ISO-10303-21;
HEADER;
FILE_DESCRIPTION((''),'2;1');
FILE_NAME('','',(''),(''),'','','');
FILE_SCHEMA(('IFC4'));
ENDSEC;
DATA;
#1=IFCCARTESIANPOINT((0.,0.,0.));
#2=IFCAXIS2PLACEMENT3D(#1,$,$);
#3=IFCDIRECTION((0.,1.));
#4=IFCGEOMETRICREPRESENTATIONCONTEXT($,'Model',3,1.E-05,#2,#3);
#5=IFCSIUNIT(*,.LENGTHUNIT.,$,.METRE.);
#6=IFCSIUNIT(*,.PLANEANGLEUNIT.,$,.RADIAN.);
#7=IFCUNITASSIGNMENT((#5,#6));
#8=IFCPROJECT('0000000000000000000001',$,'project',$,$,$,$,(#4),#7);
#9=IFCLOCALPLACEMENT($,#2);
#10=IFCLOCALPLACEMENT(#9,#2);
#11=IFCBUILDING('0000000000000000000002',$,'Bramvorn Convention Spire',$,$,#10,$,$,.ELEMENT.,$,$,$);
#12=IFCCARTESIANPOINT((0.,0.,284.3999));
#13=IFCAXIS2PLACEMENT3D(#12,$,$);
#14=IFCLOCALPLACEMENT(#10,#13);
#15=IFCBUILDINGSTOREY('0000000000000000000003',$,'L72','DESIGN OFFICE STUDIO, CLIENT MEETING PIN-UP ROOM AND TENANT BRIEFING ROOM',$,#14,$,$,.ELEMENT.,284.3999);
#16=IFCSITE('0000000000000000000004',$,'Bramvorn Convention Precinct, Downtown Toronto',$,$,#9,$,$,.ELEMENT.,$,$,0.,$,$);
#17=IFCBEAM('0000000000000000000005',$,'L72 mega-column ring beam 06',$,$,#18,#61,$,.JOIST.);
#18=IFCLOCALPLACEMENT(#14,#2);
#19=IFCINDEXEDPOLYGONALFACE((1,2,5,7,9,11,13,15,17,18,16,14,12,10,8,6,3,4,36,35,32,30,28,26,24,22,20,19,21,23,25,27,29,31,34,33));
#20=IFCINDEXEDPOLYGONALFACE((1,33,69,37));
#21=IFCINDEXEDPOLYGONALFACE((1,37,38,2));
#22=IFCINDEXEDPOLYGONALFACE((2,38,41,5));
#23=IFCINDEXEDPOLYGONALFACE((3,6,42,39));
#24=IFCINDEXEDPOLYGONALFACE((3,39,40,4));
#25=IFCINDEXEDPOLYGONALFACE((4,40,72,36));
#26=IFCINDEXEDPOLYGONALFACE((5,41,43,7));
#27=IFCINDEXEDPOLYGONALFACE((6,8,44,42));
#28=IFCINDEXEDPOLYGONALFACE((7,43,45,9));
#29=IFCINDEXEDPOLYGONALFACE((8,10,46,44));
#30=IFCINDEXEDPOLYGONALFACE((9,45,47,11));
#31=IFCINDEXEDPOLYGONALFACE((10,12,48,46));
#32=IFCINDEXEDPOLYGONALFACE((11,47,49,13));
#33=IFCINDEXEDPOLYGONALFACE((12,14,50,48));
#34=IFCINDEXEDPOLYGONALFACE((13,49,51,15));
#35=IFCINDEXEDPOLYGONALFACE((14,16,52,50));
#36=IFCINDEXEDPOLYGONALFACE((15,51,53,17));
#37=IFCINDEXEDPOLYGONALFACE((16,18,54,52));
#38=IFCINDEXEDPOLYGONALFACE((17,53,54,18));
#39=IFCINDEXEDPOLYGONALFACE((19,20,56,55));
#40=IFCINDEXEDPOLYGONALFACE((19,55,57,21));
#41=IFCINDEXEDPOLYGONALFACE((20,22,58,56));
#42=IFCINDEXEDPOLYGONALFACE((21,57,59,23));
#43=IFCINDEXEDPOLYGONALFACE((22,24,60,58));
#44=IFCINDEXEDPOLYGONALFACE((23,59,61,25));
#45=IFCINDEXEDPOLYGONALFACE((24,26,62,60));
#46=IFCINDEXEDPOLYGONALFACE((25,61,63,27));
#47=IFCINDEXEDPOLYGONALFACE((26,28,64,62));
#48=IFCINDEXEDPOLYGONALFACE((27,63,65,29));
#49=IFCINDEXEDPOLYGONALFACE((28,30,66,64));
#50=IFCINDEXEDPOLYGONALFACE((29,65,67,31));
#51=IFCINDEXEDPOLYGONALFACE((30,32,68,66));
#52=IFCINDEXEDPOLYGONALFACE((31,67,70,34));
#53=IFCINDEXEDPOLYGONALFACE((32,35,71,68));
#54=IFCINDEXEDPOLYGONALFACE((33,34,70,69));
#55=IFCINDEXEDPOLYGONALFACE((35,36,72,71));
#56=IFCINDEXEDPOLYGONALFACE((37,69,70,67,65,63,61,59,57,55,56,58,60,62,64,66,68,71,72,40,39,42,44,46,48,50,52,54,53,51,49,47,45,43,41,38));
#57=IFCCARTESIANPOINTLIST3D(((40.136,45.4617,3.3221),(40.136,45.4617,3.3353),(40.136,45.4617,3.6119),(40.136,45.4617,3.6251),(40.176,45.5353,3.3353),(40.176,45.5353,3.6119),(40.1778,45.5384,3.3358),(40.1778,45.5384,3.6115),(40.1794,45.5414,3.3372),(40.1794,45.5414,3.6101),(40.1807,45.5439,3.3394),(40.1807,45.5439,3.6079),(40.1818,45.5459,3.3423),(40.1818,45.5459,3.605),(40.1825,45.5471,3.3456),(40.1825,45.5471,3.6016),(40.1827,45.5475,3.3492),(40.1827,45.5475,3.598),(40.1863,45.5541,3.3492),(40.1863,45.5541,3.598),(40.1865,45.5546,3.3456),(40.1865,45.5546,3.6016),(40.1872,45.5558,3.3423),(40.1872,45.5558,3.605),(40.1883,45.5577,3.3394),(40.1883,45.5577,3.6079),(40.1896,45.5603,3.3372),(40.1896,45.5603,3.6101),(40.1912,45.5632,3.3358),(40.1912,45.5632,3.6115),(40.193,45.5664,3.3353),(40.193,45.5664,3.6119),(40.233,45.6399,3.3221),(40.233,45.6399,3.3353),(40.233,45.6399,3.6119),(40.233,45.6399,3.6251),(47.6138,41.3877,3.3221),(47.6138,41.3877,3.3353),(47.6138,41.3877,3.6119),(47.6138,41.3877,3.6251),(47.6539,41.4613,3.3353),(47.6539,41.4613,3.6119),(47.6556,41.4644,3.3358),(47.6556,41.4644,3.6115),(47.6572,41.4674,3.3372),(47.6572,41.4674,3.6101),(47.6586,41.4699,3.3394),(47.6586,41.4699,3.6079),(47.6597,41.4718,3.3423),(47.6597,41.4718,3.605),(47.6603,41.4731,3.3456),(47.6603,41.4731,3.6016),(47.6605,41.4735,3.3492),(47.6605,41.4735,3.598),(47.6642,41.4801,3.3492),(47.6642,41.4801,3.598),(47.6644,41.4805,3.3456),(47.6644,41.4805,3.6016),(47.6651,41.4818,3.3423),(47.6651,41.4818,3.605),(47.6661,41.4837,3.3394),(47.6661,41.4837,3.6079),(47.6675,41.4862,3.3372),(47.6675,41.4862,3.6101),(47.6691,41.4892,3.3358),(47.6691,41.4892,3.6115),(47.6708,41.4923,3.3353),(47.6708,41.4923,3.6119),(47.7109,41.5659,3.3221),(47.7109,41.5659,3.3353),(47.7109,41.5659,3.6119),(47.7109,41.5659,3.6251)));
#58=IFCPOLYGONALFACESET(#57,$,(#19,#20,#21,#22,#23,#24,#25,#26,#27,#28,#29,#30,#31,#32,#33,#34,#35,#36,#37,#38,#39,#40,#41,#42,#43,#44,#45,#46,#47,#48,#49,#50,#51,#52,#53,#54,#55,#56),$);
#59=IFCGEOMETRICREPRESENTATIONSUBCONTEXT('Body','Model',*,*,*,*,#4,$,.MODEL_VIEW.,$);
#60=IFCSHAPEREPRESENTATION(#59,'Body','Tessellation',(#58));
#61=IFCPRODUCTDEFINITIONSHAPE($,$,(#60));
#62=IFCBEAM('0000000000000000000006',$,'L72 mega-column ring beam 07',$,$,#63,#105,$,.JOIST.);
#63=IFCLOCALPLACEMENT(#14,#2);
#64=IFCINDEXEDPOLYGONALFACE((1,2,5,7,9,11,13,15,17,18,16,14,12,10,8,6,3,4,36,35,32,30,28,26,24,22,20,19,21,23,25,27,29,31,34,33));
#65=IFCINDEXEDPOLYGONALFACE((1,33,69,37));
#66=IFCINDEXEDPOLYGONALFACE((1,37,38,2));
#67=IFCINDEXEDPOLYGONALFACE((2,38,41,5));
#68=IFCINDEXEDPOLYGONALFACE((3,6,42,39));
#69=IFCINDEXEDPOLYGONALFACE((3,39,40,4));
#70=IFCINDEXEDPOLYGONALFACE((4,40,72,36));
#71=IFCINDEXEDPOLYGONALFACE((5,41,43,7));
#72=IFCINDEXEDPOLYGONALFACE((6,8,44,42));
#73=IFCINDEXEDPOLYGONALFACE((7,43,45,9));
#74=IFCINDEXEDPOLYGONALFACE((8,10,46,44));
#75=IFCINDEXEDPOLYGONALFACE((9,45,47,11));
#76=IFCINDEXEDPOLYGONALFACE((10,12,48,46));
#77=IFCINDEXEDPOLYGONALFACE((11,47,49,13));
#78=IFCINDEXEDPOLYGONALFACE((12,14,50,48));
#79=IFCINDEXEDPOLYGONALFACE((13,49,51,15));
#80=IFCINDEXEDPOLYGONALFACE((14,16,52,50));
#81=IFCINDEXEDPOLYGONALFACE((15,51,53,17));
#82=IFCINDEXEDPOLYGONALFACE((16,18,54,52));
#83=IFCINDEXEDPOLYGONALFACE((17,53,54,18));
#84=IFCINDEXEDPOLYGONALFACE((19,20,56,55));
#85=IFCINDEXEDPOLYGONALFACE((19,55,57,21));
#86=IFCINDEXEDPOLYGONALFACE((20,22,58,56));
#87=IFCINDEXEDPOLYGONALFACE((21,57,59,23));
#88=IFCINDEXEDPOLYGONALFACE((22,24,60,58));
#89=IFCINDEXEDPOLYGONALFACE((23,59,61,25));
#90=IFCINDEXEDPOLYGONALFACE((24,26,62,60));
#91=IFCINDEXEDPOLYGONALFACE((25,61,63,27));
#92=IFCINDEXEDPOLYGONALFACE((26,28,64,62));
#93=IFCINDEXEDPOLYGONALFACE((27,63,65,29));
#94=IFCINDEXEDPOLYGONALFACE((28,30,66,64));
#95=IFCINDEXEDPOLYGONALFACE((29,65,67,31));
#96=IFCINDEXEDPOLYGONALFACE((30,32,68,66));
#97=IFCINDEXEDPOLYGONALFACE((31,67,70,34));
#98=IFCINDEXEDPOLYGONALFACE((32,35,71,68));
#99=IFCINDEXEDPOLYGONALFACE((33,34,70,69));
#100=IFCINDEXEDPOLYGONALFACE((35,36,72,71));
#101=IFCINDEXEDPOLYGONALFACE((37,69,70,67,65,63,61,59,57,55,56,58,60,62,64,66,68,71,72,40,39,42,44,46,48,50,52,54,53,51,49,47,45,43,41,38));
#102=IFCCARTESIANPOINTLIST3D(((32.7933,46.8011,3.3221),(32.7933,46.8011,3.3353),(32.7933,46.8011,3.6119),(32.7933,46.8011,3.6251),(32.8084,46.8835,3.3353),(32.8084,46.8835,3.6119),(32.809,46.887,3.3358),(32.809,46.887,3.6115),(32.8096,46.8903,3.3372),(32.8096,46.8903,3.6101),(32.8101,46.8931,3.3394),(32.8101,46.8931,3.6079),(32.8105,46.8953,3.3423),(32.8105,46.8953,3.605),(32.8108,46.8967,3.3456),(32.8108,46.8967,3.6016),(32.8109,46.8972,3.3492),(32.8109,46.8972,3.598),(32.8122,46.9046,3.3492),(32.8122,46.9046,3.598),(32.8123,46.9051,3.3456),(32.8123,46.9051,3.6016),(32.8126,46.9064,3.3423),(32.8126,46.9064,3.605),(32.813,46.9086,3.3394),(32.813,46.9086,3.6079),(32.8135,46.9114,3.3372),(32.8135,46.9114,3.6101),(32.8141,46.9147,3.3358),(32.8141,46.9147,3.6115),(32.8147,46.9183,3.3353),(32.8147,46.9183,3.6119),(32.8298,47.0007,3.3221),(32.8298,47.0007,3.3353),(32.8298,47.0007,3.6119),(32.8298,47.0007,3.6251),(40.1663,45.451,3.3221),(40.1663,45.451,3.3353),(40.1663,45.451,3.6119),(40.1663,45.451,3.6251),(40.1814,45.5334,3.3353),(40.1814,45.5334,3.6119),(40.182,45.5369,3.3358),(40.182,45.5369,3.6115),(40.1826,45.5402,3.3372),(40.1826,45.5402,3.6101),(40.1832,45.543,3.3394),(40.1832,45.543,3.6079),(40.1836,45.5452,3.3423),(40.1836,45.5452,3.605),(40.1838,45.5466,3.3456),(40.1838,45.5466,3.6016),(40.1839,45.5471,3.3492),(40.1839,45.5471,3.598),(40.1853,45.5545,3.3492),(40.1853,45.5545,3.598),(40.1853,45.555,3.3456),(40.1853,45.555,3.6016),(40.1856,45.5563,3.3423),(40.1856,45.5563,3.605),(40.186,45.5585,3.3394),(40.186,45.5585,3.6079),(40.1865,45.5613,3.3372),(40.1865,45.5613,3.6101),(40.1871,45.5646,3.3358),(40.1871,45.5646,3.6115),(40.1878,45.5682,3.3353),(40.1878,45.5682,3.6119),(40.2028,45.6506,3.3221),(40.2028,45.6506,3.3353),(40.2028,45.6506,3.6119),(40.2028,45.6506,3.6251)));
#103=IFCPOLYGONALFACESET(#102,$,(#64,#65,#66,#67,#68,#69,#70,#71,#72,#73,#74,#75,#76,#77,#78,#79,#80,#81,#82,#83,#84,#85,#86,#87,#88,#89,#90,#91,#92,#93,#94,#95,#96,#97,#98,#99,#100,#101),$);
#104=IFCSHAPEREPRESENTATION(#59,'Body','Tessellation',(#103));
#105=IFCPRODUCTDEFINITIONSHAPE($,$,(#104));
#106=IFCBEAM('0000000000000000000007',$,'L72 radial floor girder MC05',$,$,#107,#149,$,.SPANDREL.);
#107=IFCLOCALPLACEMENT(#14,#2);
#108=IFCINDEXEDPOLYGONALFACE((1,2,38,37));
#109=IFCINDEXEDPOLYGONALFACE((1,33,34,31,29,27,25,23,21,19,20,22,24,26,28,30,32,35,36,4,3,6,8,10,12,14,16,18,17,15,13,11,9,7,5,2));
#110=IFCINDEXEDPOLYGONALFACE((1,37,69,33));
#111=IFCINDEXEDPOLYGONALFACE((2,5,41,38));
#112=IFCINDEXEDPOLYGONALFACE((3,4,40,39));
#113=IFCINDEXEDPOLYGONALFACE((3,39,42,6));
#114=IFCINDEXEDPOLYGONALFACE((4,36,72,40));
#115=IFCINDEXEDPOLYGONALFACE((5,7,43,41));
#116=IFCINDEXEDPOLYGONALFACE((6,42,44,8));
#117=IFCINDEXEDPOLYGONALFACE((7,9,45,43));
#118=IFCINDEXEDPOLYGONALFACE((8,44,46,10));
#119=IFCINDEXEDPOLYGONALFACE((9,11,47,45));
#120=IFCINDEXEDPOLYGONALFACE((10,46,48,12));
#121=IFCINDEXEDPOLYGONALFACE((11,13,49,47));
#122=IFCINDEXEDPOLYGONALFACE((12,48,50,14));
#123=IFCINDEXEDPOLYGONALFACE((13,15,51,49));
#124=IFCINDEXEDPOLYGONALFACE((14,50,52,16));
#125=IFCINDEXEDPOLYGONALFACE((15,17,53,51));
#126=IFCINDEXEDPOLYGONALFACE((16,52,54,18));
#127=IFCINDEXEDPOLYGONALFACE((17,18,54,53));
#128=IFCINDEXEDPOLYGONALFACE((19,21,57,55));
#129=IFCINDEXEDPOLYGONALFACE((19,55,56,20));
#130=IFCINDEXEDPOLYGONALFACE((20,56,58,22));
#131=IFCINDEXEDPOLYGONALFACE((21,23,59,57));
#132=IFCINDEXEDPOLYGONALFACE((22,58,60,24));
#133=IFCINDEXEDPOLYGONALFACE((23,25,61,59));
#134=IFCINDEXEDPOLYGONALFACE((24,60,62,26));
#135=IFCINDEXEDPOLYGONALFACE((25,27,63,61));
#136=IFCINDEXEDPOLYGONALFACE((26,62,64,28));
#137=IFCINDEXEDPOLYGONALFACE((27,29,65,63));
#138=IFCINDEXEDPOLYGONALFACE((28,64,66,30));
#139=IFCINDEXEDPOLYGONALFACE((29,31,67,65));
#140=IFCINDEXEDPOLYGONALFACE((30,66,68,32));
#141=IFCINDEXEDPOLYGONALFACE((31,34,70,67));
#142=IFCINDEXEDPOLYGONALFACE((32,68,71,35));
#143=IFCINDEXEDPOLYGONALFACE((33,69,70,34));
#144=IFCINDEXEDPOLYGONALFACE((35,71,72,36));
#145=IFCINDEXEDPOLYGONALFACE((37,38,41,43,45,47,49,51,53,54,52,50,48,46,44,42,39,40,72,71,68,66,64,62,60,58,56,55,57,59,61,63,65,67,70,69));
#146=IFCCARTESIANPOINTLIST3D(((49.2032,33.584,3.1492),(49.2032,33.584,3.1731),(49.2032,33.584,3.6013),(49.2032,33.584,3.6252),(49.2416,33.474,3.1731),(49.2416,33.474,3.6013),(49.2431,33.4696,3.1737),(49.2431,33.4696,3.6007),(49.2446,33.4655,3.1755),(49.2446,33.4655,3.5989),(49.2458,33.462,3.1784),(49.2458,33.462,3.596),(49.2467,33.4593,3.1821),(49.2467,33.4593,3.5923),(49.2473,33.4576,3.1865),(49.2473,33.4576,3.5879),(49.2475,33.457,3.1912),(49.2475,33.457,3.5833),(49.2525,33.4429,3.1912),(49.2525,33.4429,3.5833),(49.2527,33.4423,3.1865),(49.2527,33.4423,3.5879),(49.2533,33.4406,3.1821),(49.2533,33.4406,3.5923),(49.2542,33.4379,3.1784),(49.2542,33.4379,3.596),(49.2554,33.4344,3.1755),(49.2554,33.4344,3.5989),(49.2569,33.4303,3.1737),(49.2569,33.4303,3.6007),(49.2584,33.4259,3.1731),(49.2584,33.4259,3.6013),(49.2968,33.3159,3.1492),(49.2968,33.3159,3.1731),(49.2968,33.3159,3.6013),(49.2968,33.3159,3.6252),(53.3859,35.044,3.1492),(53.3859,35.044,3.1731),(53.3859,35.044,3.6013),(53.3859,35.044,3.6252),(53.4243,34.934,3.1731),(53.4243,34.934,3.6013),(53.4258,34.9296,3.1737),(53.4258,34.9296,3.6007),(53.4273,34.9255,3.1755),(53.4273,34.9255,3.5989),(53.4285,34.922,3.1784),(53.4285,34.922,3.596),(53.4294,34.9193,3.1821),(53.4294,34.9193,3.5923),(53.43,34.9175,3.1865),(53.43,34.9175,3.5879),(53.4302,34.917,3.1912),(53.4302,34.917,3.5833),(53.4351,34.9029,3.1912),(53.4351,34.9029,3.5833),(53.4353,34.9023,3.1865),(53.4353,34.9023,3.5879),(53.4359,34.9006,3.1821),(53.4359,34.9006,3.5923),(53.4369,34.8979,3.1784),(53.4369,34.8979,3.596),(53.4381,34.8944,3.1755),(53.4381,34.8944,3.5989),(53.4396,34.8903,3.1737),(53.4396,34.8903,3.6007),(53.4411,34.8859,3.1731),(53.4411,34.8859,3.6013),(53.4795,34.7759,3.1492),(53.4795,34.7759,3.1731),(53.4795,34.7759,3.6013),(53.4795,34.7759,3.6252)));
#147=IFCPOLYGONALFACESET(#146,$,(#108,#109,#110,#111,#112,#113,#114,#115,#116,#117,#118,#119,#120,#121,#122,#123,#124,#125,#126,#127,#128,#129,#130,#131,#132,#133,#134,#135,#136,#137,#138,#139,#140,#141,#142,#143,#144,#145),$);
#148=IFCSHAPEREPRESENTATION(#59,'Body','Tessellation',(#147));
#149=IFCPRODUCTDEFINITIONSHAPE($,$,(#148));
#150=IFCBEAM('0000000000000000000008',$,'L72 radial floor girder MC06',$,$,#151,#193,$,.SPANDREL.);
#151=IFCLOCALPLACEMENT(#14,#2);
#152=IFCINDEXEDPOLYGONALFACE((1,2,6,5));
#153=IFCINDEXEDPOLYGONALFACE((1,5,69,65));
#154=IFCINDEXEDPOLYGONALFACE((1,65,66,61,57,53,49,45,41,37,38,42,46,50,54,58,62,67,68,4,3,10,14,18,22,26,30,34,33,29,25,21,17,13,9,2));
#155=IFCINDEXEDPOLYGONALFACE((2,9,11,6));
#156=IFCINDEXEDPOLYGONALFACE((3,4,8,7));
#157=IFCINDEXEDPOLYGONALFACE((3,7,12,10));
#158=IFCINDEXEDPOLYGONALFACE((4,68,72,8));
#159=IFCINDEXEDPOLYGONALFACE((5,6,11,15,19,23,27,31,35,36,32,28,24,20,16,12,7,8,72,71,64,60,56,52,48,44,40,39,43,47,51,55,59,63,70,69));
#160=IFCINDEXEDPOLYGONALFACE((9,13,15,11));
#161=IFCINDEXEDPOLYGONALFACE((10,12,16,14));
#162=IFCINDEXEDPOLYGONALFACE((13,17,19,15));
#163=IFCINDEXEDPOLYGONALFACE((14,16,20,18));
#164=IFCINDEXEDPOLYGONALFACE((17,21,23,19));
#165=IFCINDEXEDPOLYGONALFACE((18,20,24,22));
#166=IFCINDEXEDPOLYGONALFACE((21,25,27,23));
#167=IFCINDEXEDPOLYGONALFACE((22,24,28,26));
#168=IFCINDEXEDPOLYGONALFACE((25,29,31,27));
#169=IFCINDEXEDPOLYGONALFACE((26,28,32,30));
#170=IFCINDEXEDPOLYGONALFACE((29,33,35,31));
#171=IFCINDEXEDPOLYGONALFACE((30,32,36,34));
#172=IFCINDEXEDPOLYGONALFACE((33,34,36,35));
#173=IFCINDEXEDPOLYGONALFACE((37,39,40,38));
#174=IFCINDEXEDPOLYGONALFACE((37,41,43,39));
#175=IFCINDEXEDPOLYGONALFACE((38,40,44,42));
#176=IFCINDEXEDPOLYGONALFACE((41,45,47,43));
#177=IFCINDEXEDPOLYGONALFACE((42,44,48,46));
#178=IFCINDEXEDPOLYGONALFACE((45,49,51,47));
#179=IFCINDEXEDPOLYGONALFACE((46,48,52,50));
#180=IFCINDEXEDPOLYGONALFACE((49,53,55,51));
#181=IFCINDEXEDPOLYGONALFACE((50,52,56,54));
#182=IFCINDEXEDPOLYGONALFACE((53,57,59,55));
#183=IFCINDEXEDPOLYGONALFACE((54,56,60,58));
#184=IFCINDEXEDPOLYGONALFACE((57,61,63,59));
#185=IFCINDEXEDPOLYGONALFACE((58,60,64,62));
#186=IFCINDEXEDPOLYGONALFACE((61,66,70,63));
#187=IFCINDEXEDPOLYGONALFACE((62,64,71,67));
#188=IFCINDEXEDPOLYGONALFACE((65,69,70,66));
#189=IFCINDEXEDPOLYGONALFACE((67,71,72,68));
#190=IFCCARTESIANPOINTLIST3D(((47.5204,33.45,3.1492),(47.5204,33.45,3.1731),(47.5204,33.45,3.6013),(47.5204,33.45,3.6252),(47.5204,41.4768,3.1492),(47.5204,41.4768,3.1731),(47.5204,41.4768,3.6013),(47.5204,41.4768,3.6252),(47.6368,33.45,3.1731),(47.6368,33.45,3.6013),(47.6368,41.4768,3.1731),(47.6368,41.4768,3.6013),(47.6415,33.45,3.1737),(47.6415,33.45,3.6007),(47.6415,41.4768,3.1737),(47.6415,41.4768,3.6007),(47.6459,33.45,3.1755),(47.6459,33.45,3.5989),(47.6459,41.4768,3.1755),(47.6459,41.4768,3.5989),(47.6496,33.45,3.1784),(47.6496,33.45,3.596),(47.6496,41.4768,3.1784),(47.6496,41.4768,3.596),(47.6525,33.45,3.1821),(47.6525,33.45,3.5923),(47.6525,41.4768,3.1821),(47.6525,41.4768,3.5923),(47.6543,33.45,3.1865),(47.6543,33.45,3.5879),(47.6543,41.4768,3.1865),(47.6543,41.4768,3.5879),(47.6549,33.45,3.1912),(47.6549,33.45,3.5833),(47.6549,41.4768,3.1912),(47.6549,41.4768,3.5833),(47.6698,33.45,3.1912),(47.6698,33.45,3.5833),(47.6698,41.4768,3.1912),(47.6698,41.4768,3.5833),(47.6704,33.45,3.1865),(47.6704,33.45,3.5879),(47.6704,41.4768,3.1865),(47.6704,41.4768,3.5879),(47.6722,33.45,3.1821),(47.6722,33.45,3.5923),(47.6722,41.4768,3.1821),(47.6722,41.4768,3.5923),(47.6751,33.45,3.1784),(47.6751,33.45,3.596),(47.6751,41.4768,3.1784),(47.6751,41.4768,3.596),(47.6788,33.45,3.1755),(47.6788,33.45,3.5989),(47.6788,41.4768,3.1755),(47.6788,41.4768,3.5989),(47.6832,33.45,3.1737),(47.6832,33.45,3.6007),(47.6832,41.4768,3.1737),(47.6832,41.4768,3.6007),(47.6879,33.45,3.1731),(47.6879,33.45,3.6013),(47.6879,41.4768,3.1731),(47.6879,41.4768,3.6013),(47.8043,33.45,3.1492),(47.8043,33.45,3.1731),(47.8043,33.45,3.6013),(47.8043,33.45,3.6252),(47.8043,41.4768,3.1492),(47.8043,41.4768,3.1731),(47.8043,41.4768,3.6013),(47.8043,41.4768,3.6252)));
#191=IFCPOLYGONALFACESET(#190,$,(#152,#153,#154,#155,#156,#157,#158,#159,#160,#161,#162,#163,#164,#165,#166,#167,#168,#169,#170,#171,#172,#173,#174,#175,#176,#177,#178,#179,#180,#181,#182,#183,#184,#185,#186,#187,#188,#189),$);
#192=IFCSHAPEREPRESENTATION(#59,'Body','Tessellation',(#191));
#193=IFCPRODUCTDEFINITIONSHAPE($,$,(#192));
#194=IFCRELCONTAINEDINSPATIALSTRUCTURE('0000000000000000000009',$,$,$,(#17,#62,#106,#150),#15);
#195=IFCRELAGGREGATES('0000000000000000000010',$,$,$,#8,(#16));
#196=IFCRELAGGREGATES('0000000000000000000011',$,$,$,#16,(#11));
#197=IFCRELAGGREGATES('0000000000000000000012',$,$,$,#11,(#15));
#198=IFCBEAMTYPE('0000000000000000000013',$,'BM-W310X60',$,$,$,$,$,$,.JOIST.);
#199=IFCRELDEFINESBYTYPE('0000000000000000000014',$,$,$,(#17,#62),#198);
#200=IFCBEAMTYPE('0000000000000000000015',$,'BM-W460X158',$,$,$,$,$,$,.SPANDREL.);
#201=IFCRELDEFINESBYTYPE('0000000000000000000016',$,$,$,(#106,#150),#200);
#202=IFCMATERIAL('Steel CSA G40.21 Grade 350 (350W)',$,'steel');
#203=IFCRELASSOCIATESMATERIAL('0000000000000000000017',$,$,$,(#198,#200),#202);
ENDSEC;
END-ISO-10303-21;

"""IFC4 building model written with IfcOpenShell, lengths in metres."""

from ifc_helpers import new_model, si_unit, direction, frame, origin, origin_2d, place, context, subcontext, project, spatial, i_section, extrude, material, material_profile, profile_set, type_object, element, save


model = new_model("IFC4")

# Units and contexts
model_context = context("Model", 3, precision=1e-05, world=origin(), true_north=direction((0.0, 1.0)))
body_context = subcontext(model_context, "Body", "Model", "MODEL_VIEW")
ifc_project = project(units=[si_unit("LENGTHUNIT", "METRE"), si_unit("PLANEANGLEUNIT", "RADIAN")], contexts=[model_context])

# Site, building, storey
site_placement = place(None, origin())
site = spatial("IfcSite", under=ifc_project, at=site_placement, Name="Bramvorn Convention Precinct, Downtown Toronto", CompositionType="ELEMENT", RefElevation=0.0)
building_placement = place(site_placement, origin())
building = spatial("IfcBuilding", under=site, at=building_placement, Name="Bramvorn Convention Spire", CompositionType="ELEMENT")
storey_placement = place(building_placement, frame((0.0, 0.0, 284.3999)))
storey = spatial("IfcBuildingStorey", under=building, at=storey_placement, Name="L72", Description="DESIGN OFFICE STUDIO, CLIENT MEETING PIN-UP ROOM AND TENANT BRIEFING ROOM", CompositionType="ELEMENT", Elevation=284.3999)

# Shared definitions
ifc_material_1 = material(Name="Steel CSA G40.21 Grade 350 (350W)", Category="steel")

# Beams
ifc_material_profile_1 = material_profile(ifc_material_1, i_section(OverallWidth=0.2029, OverallDepth=0.303, WebThickness=0.0076, FlangeThickness=0.0132, FilletRadius=0.0139, at=origin_2d()))
ifc_profile_set_1 = profile_set([ifc_material_profile_1], Name="Steel CSA G40.21 Grade 350 (350W) - W310X60")
beam_type_1 = type_object("IfcBeamType", Name="BM-W310X60", PredefinedType="JOIST", material=ifc_profile_set_1)
beam_1_placement = place(storey_placement, frame((47.6624, 41.4768, 3.4736), z_axis=(-0.878133, 0.478416, 0.0), x_axis=(-0.478416, -0.878133, 0.0)))
element("IfcBeam", 1, at=beam_1_placement, inside=storey, type_object=beam_type_1, Name="L72 mega-column ring beam 06", PredefinedType="JOIST", context=body_context, shape_type="SweptSolid", body=[
    extrude(i_section(OverallWidth=0.2029, OverallDepth=0.303, WebThickness=0.0076, FlangeThickness=0.0132, FilletRadius=0.0139, at=origin_2d()), origin(), (0.0, 0.0, 1.0), 8.5156),
])
beam_2_placement = place(storey_placement, frame((40.1846, 45.5508, 3.4736), z_axis=(-0.983645, 0.180118, 0.0), x_axis=(-0.180118, -0.983645, 0.0)))
element("IfcBeam", 2, at=beam_2_placement, inside=storey, type_object=beam_type_1, Name="L72 mega-column ring beam 07", PredefinedType="JOIST", context=body_context, shape_type="SweptSolid", body=[
    extrude(i_section(OverallWidth=0.2029, OverallDepth=0.303, WebThickness=0.0076, FlangeThickness=0.0132, FilletRadius=0.0139, at=origin_2d()), origin(), (0.0, 0.0, 1.0), 7.4956),
])
ifc_material_profile_2 = material_profile(ifc_material_1, i_section(OverallWidth=0.2839, OverallDepth=0.4761, WebThickness=0.0149, FlangeThickness=0.0239, FilletRadius=0.0181, at=origin_2d()))
ifc_profile_set_2 = profile_set([ifc_material_profile_2], Name="Steel CSA G40.21 Grade 350 (350W) - W460X158")
beam_type_2 = type_object("IfcBeamType", Name="BM-W460X158", PredefinedType="SPANDREL", material=ifc_profile_set_2)
beam_3_placement = place(storey_placement, frame((49.25, 33.45, 3.3872), z_axis=(0.944136, 0.329555, 0.0), x_axis=(-0.329555, 0.944136, 0.0)))
element("IfcBeam", 3, at=beam_3_placement, inside=storey, type_object=beam_type_2, Name="L72 radial floor girder MC05", PredefinedType="SPANDREL", context=body_context, shape_type="SweptSolid", body=[
    extrude(i_section(OverallWidth=0.2839, OverallDepth=0.4761, WebThickness=0.0149, FlangeThickness=0.0239, FilletRadius=0.0181, at=origin_2d()), origin(), (0.0, 0.0, 1.0), 4.4302),
])
beam_4_placement = place(storey_placement, frame((47.6624, 33.45, 3.3872), z_axis=(0.0, 1.0, 0.0), x_axis=(-1.0, 0.0, 0.0)))
element("IfcBeam", 4, at=beam_4_placement, inside=storey, type_object=beam_type_2, Name="L72 radial floor girder MC06", PredefinedType="SPANDREL", context=body_context, shape_type="SweptSolid", body=[
    extrude(i_section(OverallWidth=0.2839, OverallDepth=0.4761, WebThickness=0.0149, FlangeThickness=0.0239, FilletRadius=0.0181, at=origin_2d()), origin(), (0.0, 0.0, 1.0), 8.0269),
])

save(model, "model.ifc")
